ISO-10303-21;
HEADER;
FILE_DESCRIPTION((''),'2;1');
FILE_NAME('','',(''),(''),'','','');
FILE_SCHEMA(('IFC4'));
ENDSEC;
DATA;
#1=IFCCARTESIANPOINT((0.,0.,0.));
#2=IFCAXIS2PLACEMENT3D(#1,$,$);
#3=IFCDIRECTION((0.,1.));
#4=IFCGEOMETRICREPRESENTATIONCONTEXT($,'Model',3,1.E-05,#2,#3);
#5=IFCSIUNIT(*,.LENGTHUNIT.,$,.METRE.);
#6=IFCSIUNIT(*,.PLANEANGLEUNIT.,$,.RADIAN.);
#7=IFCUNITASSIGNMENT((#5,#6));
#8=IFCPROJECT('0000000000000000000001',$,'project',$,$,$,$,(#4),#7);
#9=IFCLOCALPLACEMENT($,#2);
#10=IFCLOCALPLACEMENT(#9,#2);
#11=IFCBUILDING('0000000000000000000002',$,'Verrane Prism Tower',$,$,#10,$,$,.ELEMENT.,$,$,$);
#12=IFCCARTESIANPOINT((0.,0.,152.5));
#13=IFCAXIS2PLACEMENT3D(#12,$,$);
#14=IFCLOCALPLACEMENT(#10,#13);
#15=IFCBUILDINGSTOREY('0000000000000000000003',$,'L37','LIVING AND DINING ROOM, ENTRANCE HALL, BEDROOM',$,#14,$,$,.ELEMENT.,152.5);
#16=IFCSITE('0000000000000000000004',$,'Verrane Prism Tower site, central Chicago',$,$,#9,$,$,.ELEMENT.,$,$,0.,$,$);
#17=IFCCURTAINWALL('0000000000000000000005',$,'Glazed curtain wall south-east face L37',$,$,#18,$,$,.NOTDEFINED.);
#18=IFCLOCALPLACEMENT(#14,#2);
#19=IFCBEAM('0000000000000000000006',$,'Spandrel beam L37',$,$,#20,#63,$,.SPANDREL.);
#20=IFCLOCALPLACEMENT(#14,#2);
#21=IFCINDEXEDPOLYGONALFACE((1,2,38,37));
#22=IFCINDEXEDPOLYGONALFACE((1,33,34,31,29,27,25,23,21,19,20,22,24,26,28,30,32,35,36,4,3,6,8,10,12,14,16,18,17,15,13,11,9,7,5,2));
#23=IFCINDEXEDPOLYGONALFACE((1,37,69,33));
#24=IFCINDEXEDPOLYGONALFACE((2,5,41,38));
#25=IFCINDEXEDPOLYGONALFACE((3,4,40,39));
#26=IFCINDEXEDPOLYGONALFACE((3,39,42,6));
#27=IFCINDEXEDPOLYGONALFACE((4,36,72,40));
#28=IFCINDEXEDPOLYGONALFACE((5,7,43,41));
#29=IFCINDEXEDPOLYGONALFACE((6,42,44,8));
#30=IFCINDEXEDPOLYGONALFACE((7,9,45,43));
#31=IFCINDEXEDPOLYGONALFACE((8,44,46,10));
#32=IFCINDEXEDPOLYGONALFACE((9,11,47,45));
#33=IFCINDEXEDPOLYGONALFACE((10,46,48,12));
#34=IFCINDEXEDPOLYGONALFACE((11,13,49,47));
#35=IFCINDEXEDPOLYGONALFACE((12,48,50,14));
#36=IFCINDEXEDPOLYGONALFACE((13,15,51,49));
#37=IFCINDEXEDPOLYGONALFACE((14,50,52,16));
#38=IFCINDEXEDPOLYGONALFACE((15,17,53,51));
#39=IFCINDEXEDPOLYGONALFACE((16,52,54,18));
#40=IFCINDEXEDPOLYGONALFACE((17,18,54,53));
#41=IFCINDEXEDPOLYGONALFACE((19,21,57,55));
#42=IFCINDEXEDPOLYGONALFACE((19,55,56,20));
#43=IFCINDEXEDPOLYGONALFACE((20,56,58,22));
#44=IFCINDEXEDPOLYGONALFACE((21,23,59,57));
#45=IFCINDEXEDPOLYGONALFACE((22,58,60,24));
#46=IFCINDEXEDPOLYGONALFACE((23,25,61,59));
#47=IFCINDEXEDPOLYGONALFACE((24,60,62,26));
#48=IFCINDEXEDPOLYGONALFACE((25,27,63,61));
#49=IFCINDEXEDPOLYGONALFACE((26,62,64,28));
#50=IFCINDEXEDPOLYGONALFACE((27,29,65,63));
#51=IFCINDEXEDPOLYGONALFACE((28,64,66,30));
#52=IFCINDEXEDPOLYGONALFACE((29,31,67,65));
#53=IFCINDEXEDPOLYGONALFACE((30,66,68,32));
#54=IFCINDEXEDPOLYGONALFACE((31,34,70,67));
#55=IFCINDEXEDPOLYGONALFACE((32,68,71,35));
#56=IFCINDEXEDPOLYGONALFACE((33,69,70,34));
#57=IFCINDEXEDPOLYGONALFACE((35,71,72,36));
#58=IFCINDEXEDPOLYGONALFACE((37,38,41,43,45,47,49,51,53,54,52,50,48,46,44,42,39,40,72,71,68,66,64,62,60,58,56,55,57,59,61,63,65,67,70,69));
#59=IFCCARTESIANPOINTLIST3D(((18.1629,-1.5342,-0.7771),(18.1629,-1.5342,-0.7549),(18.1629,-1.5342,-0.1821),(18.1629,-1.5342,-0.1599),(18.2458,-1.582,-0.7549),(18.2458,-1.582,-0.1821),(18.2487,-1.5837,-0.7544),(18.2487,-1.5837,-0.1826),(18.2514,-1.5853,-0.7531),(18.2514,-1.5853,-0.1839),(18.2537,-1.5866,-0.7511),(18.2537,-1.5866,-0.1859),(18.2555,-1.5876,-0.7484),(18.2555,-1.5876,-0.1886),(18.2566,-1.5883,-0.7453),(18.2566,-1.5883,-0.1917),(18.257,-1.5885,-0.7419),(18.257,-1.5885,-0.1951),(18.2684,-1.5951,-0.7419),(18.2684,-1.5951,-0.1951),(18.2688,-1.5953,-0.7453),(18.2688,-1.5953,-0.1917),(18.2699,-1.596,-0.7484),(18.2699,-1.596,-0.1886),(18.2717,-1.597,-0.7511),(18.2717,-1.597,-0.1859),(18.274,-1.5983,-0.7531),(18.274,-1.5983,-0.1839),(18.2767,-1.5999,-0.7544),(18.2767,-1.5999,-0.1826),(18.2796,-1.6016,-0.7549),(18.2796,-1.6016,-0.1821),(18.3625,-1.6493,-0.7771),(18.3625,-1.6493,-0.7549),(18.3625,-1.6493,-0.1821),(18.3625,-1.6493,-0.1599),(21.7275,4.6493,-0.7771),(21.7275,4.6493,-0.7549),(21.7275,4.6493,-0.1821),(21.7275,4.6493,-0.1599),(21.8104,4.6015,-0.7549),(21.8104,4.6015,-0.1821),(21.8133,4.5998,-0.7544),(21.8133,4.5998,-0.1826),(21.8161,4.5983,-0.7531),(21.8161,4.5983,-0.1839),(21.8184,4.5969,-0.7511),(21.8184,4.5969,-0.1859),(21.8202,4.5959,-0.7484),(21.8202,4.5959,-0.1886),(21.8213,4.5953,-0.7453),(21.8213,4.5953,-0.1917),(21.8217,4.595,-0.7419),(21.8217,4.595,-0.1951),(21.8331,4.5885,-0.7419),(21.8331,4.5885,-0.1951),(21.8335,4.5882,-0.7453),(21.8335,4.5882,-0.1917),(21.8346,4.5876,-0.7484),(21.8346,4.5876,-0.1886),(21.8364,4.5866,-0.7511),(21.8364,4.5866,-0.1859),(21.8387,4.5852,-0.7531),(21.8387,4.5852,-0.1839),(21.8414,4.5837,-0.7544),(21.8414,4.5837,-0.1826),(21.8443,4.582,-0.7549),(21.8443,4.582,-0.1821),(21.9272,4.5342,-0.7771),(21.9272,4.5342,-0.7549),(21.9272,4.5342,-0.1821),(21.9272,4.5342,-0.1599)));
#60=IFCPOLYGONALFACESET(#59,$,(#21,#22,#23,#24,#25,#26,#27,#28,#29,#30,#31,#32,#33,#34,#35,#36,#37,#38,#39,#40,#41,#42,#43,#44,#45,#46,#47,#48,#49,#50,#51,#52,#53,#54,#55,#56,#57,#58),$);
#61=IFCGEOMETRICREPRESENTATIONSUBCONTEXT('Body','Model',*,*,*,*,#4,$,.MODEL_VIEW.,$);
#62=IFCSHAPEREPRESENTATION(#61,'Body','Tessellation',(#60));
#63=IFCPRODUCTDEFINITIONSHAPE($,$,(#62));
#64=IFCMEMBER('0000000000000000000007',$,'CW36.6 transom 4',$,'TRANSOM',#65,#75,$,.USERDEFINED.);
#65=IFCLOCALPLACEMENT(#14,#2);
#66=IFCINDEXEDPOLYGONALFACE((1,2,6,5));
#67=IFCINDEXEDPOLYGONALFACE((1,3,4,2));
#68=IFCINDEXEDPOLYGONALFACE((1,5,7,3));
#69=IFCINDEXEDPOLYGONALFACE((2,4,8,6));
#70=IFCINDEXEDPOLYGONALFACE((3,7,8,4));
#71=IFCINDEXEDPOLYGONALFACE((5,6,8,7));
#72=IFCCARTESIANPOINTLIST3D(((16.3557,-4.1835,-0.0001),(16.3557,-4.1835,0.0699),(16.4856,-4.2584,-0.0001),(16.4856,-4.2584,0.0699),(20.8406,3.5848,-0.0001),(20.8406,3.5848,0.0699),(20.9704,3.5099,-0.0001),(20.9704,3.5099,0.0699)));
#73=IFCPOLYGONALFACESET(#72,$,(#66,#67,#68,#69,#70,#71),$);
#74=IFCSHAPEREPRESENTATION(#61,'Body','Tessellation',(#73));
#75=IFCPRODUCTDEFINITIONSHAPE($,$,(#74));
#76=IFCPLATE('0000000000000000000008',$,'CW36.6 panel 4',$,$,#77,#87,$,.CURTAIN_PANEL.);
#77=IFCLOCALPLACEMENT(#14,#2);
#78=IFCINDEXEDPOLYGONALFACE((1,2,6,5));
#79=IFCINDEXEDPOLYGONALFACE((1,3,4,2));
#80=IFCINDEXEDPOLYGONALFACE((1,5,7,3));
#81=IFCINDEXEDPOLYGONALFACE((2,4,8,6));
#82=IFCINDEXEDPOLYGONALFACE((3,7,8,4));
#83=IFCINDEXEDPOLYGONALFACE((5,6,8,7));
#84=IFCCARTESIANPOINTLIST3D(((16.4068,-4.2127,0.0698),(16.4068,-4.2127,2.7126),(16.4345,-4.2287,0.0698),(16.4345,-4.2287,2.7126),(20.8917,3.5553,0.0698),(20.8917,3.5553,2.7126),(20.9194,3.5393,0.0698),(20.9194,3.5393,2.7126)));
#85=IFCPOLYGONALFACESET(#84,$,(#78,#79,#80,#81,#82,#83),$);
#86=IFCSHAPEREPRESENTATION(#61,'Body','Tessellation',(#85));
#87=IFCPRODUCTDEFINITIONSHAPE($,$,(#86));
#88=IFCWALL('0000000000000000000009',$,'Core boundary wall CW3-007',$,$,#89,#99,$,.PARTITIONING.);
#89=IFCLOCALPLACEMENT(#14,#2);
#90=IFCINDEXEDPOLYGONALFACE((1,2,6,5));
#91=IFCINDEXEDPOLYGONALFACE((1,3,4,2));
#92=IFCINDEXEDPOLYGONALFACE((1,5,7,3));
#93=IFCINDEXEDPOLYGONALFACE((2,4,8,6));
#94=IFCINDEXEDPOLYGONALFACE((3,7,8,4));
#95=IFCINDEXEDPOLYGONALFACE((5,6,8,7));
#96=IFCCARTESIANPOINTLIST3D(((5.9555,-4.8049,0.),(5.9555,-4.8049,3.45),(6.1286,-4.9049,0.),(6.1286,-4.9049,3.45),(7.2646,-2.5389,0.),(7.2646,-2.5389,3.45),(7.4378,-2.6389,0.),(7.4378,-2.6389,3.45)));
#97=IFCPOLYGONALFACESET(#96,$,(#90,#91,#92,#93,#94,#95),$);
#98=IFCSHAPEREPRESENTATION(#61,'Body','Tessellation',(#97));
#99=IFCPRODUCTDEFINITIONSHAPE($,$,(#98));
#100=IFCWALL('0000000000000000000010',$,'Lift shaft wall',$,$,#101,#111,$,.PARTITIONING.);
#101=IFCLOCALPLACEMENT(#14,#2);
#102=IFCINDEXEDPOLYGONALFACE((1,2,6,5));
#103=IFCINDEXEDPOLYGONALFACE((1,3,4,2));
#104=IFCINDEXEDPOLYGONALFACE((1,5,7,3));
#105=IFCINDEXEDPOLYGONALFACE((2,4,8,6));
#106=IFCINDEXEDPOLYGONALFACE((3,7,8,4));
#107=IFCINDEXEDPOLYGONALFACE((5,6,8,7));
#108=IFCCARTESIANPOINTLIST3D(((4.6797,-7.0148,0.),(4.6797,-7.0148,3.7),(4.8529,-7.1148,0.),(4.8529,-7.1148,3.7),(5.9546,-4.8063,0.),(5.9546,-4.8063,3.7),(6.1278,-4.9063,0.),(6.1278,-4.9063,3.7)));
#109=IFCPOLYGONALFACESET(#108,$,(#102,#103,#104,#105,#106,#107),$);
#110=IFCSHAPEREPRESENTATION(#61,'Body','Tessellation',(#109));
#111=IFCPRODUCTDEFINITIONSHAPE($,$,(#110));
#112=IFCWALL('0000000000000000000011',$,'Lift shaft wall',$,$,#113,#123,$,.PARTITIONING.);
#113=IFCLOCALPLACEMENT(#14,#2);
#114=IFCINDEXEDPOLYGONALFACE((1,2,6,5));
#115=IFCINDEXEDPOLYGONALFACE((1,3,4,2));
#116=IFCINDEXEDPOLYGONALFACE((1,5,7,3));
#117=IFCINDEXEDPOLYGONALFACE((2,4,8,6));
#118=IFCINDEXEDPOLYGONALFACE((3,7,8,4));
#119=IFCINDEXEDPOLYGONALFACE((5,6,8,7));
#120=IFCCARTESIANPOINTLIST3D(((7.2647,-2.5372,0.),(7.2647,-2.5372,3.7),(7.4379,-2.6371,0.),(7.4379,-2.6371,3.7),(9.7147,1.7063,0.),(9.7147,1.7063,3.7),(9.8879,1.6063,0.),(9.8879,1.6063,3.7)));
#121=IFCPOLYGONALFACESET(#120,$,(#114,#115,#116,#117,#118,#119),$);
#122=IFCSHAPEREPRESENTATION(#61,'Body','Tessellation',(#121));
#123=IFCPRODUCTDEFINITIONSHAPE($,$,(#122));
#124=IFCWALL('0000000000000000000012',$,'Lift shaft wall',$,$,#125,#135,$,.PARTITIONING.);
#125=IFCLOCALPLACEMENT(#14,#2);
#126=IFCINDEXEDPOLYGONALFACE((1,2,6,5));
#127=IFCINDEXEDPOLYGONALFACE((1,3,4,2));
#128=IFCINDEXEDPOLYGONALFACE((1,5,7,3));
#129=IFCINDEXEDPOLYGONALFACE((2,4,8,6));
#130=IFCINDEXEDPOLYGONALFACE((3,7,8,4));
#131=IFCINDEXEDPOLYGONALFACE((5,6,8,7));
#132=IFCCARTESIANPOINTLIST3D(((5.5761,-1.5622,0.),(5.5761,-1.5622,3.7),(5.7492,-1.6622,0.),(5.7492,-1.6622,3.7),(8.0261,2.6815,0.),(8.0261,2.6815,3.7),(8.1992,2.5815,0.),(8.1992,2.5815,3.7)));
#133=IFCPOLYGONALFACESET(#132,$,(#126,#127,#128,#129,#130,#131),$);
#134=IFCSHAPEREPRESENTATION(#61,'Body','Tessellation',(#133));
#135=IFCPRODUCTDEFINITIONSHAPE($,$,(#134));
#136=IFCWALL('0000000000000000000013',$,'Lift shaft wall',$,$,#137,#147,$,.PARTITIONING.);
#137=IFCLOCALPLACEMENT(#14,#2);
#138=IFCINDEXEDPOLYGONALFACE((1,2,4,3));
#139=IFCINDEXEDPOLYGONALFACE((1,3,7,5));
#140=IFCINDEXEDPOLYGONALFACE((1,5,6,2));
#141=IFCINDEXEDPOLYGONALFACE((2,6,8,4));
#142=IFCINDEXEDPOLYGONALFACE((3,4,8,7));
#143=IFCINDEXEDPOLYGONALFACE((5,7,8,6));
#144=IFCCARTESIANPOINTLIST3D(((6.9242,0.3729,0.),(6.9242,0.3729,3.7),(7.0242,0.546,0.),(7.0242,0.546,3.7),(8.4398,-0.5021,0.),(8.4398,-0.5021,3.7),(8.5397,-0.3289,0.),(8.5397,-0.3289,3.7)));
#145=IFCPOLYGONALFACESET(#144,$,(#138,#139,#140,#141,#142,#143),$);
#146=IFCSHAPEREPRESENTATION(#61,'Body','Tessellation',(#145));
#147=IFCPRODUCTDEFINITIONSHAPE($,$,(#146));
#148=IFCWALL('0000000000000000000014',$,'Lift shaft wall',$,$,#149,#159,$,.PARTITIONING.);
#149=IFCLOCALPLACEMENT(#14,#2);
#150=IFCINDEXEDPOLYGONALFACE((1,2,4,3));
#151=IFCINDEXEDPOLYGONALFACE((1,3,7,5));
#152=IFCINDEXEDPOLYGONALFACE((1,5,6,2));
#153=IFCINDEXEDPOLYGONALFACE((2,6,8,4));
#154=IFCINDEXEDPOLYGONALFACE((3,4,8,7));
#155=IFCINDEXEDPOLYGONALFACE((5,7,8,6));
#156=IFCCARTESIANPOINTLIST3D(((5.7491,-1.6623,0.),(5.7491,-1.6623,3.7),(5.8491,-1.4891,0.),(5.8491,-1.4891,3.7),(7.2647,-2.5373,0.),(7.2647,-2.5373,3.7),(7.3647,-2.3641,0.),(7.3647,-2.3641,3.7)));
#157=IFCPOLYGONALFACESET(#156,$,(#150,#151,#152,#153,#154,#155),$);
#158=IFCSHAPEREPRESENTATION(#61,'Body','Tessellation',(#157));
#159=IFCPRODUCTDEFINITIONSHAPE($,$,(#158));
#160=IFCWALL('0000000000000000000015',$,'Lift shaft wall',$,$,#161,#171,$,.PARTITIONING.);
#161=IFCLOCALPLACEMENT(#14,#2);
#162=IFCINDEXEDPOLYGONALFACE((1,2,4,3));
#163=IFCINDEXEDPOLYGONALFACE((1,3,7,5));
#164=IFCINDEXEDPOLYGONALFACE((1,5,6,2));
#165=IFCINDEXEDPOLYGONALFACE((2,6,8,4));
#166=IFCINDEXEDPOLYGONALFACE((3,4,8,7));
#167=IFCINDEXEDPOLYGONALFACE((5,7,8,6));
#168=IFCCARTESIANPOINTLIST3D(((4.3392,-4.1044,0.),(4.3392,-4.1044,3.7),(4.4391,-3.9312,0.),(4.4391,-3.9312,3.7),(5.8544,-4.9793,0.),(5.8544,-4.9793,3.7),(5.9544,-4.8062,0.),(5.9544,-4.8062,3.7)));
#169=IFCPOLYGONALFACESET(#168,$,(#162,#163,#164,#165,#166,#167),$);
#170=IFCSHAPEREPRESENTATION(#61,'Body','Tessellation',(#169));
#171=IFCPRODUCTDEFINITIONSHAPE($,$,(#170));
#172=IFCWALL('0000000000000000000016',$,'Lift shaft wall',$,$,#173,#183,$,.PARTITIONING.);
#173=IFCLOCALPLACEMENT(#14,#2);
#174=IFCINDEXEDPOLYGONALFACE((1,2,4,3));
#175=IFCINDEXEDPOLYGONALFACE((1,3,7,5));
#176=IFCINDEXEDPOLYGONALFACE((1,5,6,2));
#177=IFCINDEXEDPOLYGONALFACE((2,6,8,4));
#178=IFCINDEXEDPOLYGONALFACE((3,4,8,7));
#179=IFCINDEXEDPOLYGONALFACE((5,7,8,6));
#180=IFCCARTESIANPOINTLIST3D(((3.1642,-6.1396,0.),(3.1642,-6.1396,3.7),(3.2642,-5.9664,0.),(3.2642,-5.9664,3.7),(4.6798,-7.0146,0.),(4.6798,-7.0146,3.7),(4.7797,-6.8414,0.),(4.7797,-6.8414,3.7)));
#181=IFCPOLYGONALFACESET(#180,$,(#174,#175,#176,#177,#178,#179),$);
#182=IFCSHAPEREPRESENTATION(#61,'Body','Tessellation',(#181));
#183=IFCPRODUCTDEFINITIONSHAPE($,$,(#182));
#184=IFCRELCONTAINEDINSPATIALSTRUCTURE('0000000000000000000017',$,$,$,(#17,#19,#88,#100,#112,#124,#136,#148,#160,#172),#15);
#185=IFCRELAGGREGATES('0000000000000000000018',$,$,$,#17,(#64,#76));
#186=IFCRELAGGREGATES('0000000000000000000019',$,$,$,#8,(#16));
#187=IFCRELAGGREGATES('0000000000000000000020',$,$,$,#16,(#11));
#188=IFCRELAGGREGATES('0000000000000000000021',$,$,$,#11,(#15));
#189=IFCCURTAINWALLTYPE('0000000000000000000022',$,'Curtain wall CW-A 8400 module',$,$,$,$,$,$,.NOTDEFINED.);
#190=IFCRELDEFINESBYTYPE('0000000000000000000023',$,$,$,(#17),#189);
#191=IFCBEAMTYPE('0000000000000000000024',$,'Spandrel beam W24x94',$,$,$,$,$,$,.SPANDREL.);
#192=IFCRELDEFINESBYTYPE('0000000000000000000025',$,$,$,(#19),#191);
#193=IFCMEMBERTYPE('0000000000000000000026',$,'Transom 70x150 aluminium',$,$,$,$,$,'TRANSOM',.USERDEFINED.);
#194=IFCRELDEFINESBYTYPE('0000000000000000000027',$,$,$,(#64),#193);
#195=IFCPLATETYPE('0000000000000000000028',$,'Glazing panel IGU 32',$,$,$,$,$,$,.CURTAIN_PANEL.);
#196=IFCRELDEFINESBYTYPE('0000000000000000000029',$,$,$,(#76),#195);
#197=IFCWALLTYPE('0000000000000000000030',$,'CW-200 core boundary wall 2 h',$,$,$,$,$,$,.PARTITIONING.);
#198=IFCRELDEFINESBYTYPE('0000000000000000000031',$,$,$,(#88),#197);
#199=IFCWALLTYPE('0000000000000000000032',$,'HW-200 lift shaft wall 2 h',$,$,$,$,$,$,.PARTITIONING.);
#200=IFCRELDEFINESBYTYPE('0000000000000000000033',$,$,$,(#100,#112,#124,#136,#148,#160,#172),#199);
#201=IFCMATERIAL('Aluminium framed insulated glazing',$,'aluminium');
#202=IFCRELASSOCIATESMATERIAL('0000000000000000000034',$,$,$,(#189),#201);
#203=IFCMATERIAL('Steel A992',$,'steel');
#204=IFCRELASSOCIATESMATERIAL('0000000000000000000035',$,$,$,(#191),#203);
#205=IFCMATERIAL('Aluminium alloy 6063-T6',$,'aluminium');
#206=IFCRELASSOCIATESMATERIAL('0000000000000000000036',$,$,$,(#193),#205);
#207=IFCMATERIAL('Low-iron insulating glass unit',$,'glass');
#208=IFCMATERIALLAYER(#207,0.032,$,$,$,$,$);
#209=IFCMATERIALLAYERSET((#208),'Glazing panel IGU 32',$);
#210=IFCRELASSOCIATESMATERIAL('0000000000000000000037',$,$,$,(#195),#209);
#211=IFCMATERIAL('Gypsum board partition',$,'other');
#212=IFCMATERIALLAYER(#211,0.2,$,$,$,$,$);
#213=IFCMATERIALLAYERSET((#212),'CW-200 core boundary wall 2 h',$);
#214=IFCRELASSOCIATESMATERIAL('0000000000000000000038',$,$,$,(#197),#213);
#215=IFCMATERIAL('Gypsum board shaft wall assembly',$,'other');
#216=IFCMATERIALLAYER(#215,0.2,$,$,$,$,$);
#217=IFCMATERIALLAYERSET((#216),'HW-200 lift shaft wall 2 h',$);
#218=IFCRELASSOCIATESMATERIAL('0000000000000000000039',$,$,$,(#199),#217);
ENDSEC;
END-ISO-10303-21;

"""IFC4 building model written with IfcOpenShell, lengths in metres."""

from ifc_helpers import new_model, si_unit, direction, frame, frame_2d, origin, origin_2d, place, context, subcontext, project, spatial, rectangle, i_section, extrude, material, layer, layer_set, material_profile, profile_set, type_object, element, aggregate, save


model = new_model("IFC4")

# Units and contexts
model_context = context("Model", 3, precision=1e-05, world=origin(), true_north=direction((0.0, 1.0)))
body_context = subcontext(model_context, "Body", "Model", "MODEL_VIEW")
ifc_project = project(units=[si_unit("LENGTHUNIT", "METRE"), si_unit("PLANEANGLEUNIT", "RADIAN")], contexts=[model_context])

# Site, building, storey
site_placement = place(None, origin())
site = spatial("IfcSite", under=ifc_project, at=site_placement, Name="Verrane Prism Tower site, central Chicago", CompositionType="ELEMENT", RefElevation=0.0)
building_placement = place(site_placement, origin())
building = spatial("IfcBuilding", under=site, at=building_placement, Name="Verrane Prism Tower", CompositionType="ELEMENT")
storey_placement = place(building_placement, frame((0.0, 0.0, 152.5)))
storey = spatial("IfcBuildingStorey", under=building, at=storey_placement, Name="L37", Description="LIVING AND DINING ROOM, ENTRANCE HALL, BEDROOM", CompositionType="ELEMENT", Elevation=152.5)

# Curtain wall
ifc_material_1 = material(Name="Aluminium framed insulated glazing", Category="aluminium")
curtain_wall_type = type_object("IfcCurtainWallType", Name="Curtain wall CW-A 8400 module", PredefinedType="NOTDEFINED", material=ifc_material_1)
curtain_wall_placement = place(storey_placement, origin())
curtain_wall = element("IfcCurtainWall", 1, at=curtain_wall_placement, inside=storey, type_object=curtain_wall_type, Name="Glazed curtain wall south-east face L37", PredefinedType="NOTDEFINED")

# Beam
ifc_material_2 = material(Name="Steel A992", Category="steel")
ifc_material_profile_1 = material_profile(ifc_material_2, i_section(OverallWidth=0.2305, OverallDepth=0.6172, WebThickness=0.0132, FlangeThickness=0.0222, FilletRadius=0.0129, at=origin_2d()), Name="W24x94")
ifc_profile_set_1 = profile_set([ifc_material_profile_1], Name="Steel A992")
beam_type_1 = type_object("IfcBeamType", Name="Spandrel beam W24x94", PredefinedType="SPANDREL", material=ifc_profile_set_1)
beam_1_placement = place(storey_placement, frame((18.2627, -1.5918, -0.4685), z_axis=(0.499432, 0.866353, 0.0), x_axis=(-0.866353, 0.499432, 0.0)))
element("IfcBeam", 2, at=beam_1_placement, inside=storey, type_object=beam_type_1, Name="Spandrel beam L37", PredefinedType="SPANDREL", context=body_context, shape_type="SweptSolid", body=[
    extrude(i_section(OverallWidth=0.2305, OverallDepth=0.6172, WebThickness=0.0132, FlangeThickness=0.0222, FilletRadius=0.0129, at=origin_2d()), origin(), (0.0, 0.0, 1.0), 7.1375),
])

# Member
ifc_material_3 = material(Name="Aluminium alloy 6063-T6", Category="aluminium")
ifc_material_profile_2 = material_profile(ifc_material_3, rectangle(XDim=0.1499, YDim=0.0701, at=origin_2d()), Name="Transom 70x150 aluminium")
ifc_profile_set_2 = profile_set([ifc_material_profile_2], Name="Aluminium alloy 6063-T6")
member_type_1 = type_object("IfcMemberType", Name="Transom 70x150 aluminium", ElementType="TRANSOM", PredefinedType="USERDEFINED", material=ifc_profile_set_2)
member_1_placement = place(storey_placement, frame((16.4207, -4.2209, 0.0349), z_axis=(0.499986, 0.866034, 0.0), x_axis=(-0.866034, 0.499986, 0.0)))
member_1 = element("IfcMember", 3, at=member_1_placement, type_object=member_type_1, Name="CW36.6 transom 4", ObjectType="TRANSOM", PredefinedType="USERDEFINED", context=body_context, shape_type="SweptSolid", body=[
    extrude(rectangle(XDim=0.1499, YDim=0.0701, at=origin_2d()), origin(), (0.0, 0.0, 1.0), 8.97),
])

# Plate
ifc_material_4 = material(Name="Low-iron insulating glass unit", Category="glass")
ifc_layer_1 = layer(ifc_material_4, 0.032)
ifc_layer_set_1 = layer_set([ifc_layer_1], Name="Glazing panel IGU 32")
plate_type = type_object("IfcPlateType", Name="Glazing panel IGU 32", PredefinedType="CURTAIN_PANEL", material=ifc_layer_set_1)
plate_placement = place(storey_placement, frame((18.6631, -0.3367, 0.0698), z_axis=(0.0, 0.0, 1.0), x_axis=(0.500001, 0.866025, 0.0)))
plate = element("IfcPlate", 4, at=plate_placement, type_object=plate_type, Name="CW36.6 panel 4", PredefinedType="CURTAIN_PANEL", context=body_context, shape_type="SweptSolid", body=[
    extrude(rectangle(XDim=8.9697, YDim=0.032, at=origin_2d()), origin(), (0.0, 0.0, 1.0), 2.6428),
])
aggregate(curtain_wall, [member_1, plate])

# Walls
ifc_material_5 = material(Name="Gypsum board partition", Category="other")
ifc_layer_2 = layer(ifc_material_5, 0.2)
ifc_layer_set_2 = layer_set([ifc_layer_2], Name="CW-200 core boundary wall 2 h")
wall_type_1 = type_object("IfcWallType", Name="CW-200 core boundary wall 2 h", PredefinedType="PARTITIONING", material=ifc_layer_set_2)
wall_1_placement = place(storey_placement, frame((6.042, -4.855, 0.0), z_axis=(0.0, 0.0, 1.0), x_axis=(0.500253, 0.865879, 0.0)))
element("IfcWall", 5, at=wall_1_placement, inside=storey, type_object=wall_type_1, Name="Core boundary wall CW3-007", PredefinedType="PARTITIONING", context=body_context, shape_type="SweptSolid", body=[
    extrude(rectangle(XDim=2.6169, YDim=0.2, at=frame_2d((1.3086, 0.0))), origin(), (0.0, 0.0, 1.0), 3.45),
])
ifc_material_6 = material(Name="Gypsum board shaft wall assembly", Category="other")
ifc_layer_3 = layer(ifc_material_6, 0.2)
ifc_layer_set_3 = layer_set([ifc_layer_3], Name="HW-200 lift shaft wall 2 h")
wall_type_2 = type_object("IfcWallType", Name="HW-200 lift shaft wall 2 h", PredefinedType="PARTITIONING", material=ifc_layer_set_3)
wall_2_placement = place(storey_placement, frame((4.7664, -7.0647, 0.0), z_axis=(0.0, 0.0, 1.0), x_axis=(0.499949, 0.866055, 0.0)))
element("IfcWall", 6, at=wall_2_placement, inside=storey, type_object=wall_type_2, Name="Lift shaft wall", PredefinedType="PARTITIONING", context=body_context, shape_type="SweptSolid", body=[
    extrude(rectangle(XDim=2.55, YDim=0.2, at=frame_2d((1.2749, 0.0))), origin(), (0.0, 0.0, 1.0), 3.7),
])
wall_3_placement = place(storey_placement, frame((7.3513, -2.5872, 0.0), z_axis=(0.0, 0.0, 1.0), x_axis=(0.500003, 0.866024, 0.0)))
element("IfcWall", 7, at=wall_3_placement, inside=storey, type_object=wall_type_2, Name="Lift shaft wall", PredefinedType="PARTITIONING", context=body_context, shape_type="SweptSolid", body=[
    extrude(rectangle(XDim=4.8999, YDim=0.2, at=frame_2d((2.45, 0.0))), origin(), (0.0, 0.0, 1.0), 3.7),
])
wall_4_placement = place(storey_placement, frame((5.6626, -1.6123, 0.0), z_axis=(0.0, 0.0, 1.0), x_axis=(0.499981, 0.866036, 0.0)))
element("IfcWall", 8, at=wall_4_placement, inside=storey, type_object=wall_type_2, Name="Lift shaft wall", PredefinedType="PARTITIONING", context=body_context, shape_type="SweptSolid", body=[
    extrude(rectangle(XDim=4.9001, YDim=0.2, at=frame_2d((2.4502, 0.0))), origin(), (0.0, 0.0, 1.0), 3.7),
])
for number, where, z_axis, x_axis, name in (
    (9, (8.4897, -0.4155, 0.0), (0.0, 0.0, 1.0), (-0.866037, 0.49998, 0.0), "Lift shaft wall"),
    (10, (7.3147, -2.4507, 0.0), (0.0, 0.0, 1.0), (-0.866037, 0.49998, 0.0), "Lift shaft wall"),
):
    element("IfcWall", number, at=place(storey_placement, frame(where, z_axis=z_axis, x_axis=x_axis)), inside=storey, type_object=wall_type_2, Name=name, PredefinedType="PARTITIONING", context=body_context, shape_type="SweptSolid", body=[
        extrude(rectangle(XDim=1.75, YDim=0.2, at=frame_2d((0.875, 0.0))), origin(), (0.0, 0.0, 1.0), 3.7),
    ])
wall_5_placement = place(storey_placement, frame((5.9045, -4.8928, 0.0), z_axis=(0.0, 0.0, 1.0), x_axis=(-0.866002, 0.50004, 0.0)))
element("IfcWall", 11, at=wall_5_placement, inside=storey, type_object=wall_type_2, Name="Lift shaft wall", PredefinedType="PARTITIONING", context=body_context, shape_type="SweptSolid", body=[
    extrude(rectangle(XDim=1.7498, YDim=0.2, at=frame_2d((0.875, 0.0))), origin(), (0.0, 0.0, 1.0), 3.7),
])
wall_6_placement = place(storey_placement, frame((4.7297, -6.928, 0.0), z_axis=(0.0, 0.0, 1.0), x_axis=(-0.866037, 0.49998, 0.0)))
element("IfcWall", 12, at=wall_6_placement, inside=storey, type_object=wall_type_2, Name="Lift shaft wall", PredefinedType="PARTITIONING", context=body_context, shape_type="SweptSolid", body=[
    extrude(rectangle(XDim=1.75, YDim=0.2, at=frame_2d((0.875, 0.0))), origin(), (0.0, 0.0, 1.0), 3.7),
])

save(model, "model.ifc")
